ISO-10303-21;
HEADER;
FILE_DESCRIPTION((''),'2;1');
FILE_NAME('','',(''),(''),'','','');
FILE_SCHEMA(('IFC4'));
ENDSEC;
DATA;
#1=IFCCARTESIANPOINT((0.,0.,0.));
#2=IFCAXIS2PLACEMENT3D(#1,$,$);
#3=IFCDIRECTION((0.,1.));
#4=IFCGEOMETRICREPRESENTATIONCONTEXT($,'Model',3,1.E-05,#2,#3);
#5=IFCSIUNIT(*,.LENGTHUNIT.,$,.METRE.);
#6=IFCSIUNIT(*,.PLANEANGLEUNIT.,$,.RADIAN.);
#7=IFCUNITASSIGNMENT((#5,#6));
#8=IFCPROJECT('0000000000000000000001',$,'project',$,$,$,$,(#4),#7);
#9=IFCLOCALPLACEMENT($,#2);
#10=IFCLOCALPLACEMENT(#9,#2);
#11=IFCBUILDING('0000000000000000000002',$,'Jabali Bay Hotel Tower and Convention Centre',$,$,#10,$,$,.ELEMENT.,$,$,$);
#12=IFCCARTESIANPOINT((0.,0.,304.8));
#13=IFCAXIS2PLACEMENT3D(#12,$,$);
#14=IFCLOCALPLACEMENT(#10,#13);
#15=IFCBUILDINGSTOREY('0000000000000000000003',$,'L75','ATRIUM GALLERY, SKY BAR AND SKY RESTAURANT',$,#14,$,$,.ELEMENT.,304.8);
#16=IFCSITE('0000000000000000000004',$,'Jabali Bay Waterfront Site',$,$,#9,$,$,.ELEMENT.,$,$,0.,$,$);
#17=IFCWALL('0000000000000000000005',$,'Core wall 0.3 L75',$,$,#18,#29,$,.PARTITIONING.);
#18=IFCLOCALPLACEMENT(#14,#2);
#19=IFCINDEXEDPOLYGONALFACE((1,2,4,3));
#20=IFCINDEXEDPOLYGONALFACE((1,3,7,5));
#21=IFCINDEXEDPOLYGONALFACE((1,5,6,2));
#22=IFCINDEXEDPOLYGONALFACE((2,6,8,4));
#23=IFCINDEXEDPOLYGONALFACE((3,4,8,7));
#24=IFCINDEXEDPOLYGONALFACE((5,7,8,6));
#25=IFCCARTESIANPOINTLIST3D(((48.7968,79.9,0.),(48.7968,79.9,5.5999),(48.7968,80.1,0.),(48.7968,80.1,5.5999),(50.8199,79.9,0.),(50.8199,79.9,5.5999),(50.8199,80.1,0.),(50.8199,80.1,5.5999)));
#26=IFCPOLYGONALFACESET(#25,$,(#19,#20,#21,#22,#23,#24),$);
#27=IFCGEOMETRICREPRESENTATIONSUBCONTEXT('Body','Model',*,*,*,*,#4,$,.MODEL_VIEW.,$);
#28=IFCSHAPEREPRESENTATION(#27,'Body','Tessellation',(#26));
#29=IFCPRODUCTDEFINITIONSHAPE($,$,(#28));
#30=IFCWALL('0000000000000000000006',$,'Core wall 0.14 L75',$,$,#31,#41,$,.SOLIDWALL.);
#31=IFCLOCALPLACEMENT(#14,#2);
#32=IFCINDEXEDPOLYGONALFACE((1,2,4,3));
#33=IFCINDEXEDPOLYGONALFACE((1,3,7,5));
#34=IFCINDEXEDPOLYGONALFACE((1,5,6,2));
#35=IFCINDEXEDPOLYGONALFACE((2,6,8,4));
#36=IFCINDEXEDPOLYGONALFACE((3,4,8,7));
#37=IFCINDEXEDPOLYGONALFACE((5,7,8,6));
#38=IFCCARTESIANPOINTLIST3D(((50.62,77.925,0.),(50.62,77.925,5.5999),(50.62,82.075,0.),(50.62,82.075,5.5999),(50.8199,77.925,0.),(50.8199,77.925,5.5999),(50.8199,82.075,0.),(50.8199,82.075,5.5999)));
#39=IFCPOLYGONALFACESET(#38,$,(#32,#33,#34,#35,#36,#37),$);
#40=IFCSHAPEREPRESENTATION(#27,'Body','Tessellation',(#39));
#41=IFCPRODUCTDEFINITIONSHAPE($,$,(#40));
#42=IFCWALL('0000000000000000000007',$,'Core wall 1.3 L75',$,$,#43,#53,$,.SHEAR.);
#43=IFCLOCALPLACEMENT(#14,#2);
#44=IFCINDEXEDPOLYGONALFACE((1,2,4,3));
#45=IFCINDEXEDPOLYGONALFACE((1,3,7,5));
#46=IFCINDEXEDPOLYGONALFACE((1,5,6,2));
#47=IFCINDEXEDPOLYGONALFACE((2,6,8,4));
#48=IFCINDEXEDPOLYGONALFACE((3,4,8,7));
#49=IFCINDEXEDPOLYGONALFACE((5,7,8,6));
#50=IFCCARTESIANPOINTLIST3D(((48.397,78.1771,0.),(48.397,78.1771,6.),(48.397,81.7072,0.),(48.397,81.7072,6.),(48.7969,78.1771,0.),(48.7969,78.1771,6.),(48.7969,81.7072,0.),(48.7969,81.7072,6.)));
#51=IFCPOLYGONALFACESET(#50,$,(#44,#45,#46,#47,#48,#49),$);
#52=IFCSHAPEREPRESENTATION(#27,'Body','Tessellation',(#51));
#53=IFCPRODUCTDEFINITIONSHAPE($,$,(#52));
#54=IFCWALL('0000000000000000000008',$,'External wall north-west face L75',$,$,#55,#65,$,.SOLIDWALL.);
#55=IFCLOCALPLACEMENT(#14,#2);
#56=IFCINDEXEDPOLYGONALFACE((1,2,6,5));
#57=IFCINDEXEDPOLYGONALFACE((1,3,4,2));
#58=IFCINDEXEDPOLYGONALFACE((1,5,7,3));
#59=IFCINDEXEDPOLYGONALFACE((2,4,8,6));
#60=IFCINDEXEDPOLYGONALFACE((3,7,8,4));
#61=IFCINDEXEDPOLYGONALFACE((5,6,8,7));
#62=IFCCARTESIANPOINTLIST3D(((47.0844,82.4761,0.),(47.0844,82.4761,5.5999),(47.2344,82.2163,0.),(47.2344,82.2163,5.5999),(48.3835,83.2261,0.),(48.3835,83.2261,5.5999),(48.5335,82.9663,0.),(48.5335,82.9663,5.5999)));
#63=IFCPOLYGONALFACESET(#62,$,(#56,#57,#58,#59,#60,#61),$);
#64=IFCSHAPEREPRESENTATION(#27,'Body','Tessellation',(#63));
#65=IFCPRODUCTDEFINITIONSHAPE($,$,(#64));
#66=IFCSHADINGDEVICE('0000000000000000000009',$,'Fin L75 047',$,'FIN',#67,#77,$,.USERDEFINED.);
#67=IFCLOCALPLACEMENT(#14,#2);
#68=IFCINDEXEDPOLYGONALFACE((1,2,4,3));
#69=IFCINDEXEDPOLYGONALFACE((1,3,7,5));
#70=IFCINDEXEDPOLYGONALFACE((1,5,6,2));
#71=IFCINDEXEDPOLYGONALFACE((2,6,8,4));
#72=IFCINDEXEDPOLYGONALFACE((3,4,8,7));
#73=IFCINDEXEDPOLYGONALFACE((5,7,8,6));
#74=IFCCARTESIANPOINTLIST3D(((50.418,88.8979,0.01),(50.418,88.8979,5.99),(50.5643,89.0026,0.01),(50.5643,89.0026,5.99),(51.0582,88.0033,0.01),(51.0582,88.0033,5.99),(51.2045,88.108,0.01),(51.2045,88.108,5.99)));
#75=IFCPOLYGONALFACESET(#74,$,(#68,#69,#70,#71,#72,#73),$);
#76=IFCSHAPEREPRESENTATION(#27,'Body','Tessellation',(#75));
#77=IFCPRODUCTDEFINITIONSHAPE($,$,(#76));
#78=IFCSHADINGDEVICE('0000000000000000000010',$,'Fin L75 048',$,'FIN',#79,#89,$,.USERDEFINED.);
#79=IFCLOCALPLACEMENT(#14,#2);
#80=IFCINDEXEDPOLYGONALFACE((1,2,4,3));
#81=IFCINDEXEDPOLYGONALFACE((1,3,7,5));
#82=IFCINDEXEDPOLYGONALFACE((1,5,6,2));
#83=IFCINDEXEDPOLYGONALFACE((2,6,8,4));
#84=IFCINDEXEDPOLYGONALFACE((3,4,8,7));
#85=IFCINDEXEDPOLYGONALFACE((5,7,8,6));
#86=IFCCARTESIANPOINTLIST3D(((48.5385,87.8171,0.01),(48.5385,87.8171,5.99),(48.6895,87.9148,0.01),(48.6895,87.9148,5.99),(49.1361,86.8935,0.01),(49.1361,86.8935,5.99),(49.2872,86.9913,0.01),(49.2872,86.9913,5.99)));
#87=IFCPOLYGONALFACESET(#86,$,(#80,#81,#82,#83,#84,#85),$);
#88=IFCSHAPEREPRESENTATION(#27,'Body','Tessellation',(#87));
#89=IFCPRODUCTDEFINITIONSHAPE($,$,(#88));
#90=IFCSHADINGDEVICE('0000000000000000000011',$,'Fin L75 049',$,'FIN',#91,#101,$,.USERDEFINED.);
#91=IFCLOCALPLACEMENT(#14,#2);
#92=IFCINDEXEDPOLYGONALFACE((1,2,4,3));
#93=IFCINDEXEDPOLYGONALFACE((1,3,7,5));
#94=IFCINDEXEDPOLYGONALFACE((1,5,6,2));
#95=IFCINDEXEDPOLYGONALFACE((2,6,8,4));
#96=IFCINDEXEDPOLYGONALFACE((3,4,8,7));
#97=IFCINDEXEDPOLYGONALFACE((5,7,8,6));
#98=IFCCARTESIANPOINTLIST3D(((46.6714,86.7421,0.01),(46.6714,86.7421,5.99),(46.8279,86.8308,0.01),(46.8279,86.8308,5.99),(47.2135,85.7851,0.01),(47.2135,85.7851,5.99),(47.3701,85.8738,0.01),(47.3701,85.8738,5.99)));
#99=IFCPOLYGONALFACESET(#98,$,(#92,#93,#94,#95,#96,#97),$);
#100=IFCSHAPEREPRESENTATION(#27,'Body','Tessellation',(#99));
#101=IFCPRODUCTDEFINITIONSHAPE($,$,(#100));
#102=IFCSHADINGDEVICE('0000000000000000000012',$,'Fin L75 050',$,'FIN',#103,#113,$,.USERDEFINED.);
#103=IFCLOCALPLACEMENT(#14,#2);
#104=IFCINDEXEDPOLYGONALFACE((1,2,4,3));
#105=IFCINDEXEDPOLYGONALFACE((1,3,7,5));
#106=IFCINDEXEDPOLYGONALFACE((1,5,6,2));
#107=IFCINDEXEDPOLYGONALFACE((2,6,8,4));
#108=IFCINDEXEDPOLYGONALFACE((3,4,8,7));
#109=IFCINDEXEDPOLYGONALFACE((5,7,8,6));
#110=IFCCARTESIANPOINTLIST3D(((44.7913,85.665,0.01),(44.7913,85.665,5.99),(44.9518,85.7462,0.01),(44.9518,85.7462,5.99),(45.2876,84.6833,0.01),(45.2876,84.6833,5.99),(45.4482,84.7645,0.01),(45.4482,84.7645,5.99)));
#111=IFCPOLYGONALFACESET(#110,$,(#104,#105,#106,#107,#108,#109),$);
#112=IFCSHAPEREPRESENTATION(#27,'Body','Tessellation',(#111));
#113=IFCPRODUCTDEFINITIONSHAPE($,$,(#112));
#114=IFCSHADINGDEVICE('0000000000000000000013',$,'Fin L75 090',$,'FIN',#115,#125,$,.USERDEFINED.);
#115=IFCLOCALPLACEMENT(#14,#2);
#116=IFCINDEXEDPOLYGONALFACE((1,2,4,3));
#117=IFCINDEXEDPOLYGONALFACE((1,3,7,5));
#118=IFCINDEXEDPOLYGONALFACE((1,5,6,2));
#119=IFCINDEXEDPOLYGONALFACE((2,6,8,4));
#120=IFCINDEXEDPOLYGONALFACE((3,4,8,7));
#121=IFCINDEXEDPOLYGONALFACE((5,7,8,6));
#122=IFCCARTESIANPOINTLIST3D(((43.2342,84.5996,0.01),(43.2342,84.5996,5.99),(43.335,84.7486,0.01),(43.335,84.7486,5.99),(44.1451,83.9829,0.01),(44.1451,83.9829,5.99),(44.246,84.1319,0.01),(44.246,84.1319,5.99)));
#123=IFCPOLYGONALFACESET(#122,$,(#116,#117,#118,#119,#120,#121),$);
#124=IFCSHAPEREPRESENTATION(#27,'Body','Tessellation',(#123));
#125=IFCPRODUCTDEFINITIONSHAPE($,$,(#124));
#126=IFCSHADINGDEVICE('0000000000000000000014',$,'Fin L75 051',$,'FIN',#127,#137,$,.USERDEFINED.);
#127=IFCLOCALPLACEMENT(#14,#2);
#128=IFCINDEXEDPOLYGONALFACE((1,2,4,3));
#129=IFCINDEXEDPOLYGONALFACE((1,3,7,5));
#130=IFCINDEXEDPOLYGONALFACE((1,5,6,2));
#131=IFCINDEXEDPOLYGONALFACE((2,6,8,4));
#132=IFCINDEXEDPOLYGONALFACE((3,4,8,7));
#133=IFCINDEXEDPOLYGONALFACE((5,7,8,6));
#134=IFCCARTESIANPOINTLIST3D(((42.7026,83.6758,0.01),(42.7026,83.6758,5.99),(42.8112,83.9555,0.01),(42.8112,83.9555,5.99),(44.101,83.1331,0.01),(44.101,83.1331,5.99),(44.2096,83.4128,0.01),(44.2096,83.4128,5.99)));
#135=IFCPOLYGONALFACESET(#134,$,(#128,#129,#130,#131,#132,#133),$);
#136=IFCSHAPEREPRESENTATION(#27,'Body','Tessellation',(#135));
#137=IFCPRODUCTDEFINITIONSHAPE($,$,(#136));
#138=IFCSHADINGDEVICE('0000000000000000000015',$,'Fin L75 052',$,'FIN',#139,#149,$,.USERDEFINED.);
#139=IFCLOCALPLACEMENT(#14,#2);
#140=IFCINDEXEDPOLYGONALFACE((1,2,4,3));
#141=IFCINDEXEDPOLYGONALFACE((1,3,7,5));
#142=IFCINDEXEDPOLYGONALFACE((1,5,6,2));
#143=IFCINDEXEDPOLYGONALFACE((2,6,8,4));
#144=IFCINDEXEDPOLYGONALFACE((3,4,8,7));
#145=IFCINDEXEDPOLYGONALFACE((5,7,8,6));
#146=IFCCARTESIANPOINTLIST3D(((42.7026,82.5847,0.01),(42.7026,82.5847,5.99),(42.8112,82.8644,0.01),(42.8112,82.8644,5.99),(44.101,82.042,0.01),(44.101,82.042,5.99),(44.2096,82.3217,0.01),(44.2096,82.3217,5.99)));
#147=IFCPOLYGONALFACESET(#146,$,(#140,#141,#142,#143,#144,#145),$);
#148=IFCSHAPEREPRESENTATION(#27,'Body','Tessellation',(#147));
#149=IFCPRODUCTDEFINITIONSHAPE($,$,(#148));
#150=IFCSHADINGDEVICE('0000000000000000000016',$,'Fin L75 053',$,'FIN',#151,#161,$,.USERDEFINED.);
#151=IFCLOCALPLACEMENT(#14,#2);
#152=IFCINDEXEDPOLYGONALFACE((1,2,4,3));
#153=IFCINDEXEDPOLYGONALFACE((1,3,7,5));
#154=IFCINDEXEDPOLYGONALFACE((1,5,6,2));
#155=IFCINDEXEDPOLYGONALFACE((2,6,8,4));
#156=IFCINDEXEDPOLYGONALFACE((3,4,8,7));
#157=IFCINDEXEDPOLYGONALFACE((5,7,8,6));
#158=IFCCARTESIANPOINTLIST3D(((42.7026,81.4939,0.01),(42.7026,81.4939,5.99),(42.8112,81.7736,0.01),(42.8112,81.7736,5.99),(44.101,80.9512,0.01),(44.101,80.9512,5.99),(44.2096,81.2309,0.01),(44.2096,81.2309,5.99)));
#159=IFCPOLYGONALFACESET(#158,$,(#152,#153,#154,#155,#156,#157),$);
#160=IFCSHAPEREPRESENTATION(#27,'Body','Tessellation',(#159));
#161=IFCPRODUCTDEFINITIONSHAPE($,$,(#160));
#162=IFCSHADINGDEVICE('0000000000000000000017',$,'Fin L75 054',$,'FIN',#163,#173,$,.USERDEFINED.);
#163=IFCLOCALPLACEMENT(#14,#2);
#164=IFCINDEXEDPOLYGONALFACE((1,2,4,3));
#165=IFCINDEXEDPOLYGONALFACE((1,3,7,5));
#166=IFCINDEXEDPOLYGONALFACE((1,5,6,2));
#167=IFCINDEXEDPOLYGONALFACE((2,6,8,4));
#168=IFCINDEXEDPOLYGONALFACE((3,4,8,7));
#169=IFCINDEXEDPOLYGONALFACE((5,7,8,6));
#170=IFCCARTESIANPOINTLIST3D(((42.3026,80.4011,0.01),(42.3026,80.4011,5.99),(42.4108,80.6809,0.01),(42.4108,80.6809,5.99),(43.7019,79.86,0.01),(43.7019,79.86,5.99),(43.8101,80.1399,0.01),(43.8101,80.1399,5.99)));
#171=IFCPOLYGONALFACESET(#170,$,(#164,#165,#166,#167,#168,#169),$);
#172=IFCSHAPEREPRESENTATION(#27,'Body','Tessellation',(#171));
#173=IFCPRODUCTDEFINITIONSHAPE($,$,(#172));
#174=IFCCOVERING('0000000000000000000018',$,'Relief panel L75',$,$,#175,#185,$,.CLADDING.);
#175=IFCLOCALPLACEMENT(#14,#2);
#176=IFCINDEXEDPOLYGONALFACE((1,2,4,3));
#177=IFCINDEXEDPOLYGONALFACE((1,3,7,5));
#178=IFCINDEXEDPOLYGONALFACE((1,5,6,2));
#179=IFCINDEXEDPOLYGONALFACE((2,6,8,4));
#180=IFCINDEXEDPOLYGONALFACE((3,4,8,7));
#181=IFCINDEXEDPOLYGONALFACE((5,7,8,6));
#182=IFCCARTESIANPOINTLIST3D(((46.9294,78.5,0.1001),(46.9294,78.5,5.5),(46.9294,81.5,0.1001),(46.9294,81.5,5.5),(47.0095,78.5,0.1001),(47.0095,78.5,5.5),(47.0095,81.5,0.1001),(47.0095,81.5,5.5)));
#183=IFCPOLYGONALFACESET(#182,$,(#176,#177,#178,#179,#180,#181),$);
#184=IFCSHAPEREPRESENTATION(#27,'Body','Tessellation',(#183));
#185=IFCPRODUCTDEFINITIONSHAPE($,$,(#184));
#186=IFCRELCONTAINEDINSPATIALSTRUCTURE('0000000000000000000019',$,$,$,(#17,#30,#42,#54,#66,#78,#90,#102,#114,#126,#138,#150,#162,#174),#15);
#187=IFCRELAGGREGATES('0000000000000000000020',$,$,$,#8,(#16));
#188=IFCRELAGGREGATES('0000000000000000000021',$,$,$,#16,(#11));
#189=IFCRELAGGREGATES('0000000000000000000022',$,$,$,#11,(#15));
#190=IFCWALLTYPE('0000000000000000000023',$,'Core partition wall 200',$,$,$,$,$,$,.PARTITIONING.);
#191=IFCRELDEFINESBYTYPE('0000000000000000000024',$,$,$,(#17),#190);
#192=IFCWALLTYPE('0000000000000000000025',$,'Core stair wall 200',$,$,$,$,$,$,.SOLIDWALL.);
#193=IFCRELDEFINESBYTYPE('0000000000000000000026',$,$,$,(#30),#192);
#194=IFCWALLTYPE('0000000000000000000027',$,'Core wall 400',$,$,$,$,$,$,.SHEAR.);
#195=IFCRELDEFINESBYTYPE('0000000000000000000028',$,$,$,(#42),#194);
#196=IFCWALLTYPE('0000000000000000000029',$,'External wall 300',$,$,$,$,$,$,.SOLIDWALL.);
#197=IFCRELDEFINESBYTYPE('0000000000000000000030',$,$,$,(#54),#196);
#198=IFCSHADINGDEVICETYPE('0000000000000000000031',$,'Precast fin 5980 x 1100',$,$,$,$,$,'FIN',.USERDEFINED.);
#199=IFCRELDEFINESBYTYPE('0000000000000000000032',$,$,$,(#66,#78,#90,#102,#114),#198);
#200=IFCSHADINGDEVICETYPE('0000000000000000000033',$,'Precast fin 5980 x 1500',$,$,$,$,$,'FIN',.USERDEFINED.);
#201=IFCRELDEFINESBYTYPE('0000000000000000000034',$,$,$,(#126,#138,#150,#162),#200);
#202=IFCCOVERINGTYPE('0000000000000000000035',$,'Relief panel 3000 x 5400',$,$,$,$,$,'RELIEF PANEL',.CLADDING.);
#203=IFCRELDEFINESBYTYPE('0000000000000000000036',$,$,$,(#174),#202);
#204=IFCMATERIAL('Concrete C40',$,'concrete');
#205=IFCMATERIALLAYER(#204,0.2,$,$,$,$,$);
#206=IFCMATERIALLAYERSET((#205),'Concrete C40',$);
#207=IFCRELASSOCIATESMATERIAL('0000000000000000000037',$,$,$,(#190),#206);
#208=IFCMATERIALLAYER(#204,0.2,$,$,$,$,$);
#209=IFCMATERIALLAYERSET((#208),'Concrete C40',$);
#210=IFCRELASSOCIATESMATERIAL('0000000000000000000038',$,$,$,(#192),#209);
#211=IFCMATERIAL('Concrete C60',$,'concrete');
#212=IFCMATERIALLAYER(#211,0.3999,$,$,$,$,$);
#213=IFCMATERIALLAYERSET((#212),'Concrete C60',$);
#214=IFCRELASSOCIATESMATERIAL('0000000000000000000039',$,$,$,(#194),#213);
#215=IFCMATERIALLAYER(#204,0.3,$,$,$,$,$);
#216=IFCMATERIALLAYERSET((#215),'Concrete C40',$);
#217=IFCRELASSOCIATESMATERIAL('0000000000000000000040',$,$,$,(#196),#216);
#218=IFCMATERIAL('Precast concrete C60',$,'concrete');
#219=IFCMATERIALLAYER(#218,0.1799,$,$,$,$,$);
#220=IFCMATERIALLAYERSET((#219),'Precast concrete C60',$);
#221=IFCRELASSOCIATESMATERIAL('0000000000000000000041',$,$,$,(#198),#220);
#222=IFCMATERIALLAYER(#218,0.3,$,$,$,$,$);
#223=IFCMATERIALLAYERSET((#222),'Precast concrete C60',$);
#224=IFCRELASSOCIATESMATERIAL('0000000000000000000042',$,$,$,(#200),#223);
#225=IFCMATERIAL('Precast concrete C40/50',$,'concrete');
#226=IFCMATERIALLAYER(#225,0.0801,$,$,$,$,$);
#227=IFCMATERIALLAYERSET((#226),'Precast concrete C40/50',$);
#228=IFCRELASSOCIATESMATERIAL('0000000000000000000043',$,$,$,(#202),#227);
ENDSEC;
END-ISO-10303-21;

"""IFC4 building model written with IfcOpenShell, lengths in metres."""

from ifc_helpers import new_model, si_unit, direction, frame, frame_2d, origin, origin_2d, place, context, subcontext, project, spatial, rectangle, extrude, material, layer, layer_set, type_object, element, save


model = new_model("IFC4")

# Units and contexts
model_context = context("Model", 3, precision=1e-05, world=origin(), true_north=direction((0.0, 1.0)))
body_context = subcontext(model_context, "Body", "Model", "MODEL_VIEW")
ifc_project = project(units=[si_unit("LENGTHUNIT", "METRE"), si_unit("PLANEANGLEUNIT", "RADIAN")], contexts=[model_context])

# Site, building, storey
site_placement = place(None, origin())
site = spatial("IfcSite", under=ifc_project, at=site_placement, Name="Jabali Bay Waterfront Site", CompositionType="ELEMENT", RefElevation=0.0)
building_placement = place(site_placement, origin())
building = spatial("IfcBuilding", under=site, at=building_placement, Name="Jabali Bay Hotel Tower and Convention Centre", CompositionType="ELEMENT")
storey_placement = place(building_placement, frame((0.0, 0.0, 304.8)))
storey = spatial("IfcBuildingStorey", under=building, at=storey_placement, Name="L75", Description="ATRIUM GALLERY, SKY BAR AND SKY RESTAURANT", CompositionType="ELEMENT", Elevation=304.8)

# Shared definitions
ifc_material_1 = material(Name="Concrete C60", Category="concrete")

# Walls
ifc_material_2 = material(Name="Concrete C40", Category="concrete")
ifc_layer_1 = layer(ifc_material_2, 0.2)
ifc_layer_set_1 = layer_set([ifc_layer_1], Name="Concrete C40")
wall_type_1 = type_object("IfcWallType", Name="Core partition wall 200", PredefinedType="PARTITIONING", material=ifc_layer_set_1)
wall_1_placement = place(storey_placement, frame((50.8201, 80.0, 0.0), z_axis=(0.0, 0.0, 1.0), x_axis=(-1.0, 0.0, 0.0)))
element("IfcWall", 1, at=wall_1_placement, inside=storey, type_object=wall_type_1, Name="Core wall 0.3 L75", PredefinedType="PARTITIONING", context=body_context, shape_type="SweptSolid", body=[
    extrude(rectangle(XDim=2.0232, YDim=0.2, at=frame_2d((1.0117, 0.0))), origin(), (0.0, 0.0, 1.0), 5.5999),
])
ifc_layer_2 = layer(ifc_material_2, 0.2)
ifc_layer_set_2 = layer_set([ifc_layer_2], Name="Concrete C40")
wall_type_2 = type_object("IfcWallType", Name="Core stair wall 200", PredefinedType="SOLIDWALL", material=ifc_layer_set_2)
wall_2_placement = place(storey_placement, frame((50.72, 82.075, 0.0), z_axis=(0.0, 0.0, 1.0), x_axis=(0.0, -1.0, 0.0)))
element("IfcWall", 2, at=wall_2_placement, inside=storey, type_object=wall_type_2, Name="Core wall 0.14 L75", PredefinedType="SOLIDWALL", context=body_context, shape_type="SweptSolid", body=[
    extrude(rectangle(XDim=4.1499, YDim=0.2, at=frame_2d((2.075, 0.0))), origin(), (0.0, 0.0, 1.0), 5.5999),
])
ifc_layer_3 = layer(ifc_material_1, 0.3999)
ifc_layer_set_3 = layer_set([ifc_layer_3], Name="Concrete C60")
wall_type_3 = type_object("IfcWallType", Name="Core wall 400", PredefinedType="SHEAR", material=ifc_layer_set_3)
wall_3_placement = place(storey_placement, frame((48.5969, 81.7073, 0.0), z_axis=(0.0, 0.0, 1.0), x_axis=(0.0, -1.0, 0.0)))
element("IfcWall", 3, at=wall_3_placement, inside=storey, type_object=wall_type_3, Name="Core wall 1.3 L75", PredefinedType="SHEAR", context=body_context, shape_type="SweptSolid", body=[
    extrude(rectangle(XDim=3.53, YDim=0.3999, at=frame_2d((1.7651, 0.0))), origin(), (0.0, 0.0, 1.0), 6.0),
])
ifc_layer_4 = layer(ifc_material_2, 0.3)
ifc_layer_set_4 = layer_set([ifc_layer_4], Name="Concrete C40")
wall_type_4 = type_object("IfcWallType", Name="External wall 300", PredefinedType="SOLIDWALL", material=ifc_layer_set_4)
wall_4_placement = place(storey_placement, frame((47.1594, 82.3462, 0.0), z_axis=(0.0, 0.0, 1.0), x_axis=(0.866031, 0.49999, 0.0)))
element("IfcWall", 4, at=wall_4_placement, inside=storey, type_object=wall_type_4, Name="External wall north-west face L75", PredefinedType="SOLIDWALL", context=body_context, shape_type="SweptSolid", body=[
    extrude(rectangle(XDim=1.5, YDim=0.3, at=frame_2d((0.75, 0.0))), origin(), (0.0, 0.0, 1.0), 5.5999),
])

# Shading devices
ifc_material_3 = material(Name="Precast concrete C60", Category="concrete")
ifc_layer_5 = layer(ifc_material_3, 0.1799)
ifc_layer_set_5 = layer_set([ifc_layer_5], Name="Precast concrete C60")
shading_device_type_1 = type_object("IfcShadingDeviceType", Name="Precast fin 5980 x 1100", ElementType="FIN", PredefinedType="USERDEFINED", material=ifc_layer_set_5)
for number, where, z_axis, x_axis, name in (
    (5, (51.1313, 88.0557, 0.01), (0.0, 0.0, 1.0), (-0.581952, 0.813223, 0.0), "Fin L75 047"),
    (6, (49.2117, 86.9424, 0.01), (0.0, 0.0, 1.0), (-0.543279, 0.839552, 0.0), "Fin L75 048"),
):
    element("IfcShadingDevice", number, at=place(storey_placement, frame(where, z_axis=z_axis, x_axis=x_axis)), inside=storey, type_object=shading_device_type_1, Name=name, ObjectType="FIN", PredefinedType="USERDEFINED", context=body_context, shape_type="SweptSolid", body=[
        extrude(rectangle(XDim=1.1001, YDim=0.1799, at=frame_2d((0.55, 0.0))), origin(), (0.0, 0.0, 1.0), 5.98),
    ])
shading_device_1_placement = place(storey_placement, frame((47.2917, 85.8296, 0.01), z_axis=(0.0, 0.0, 1.0), x_axis=(-0.492957, 0.870054, 0.0)))
element("IfcShadingDevice", 7, at=shading_device_1_placement, inside=storey, type_object=shading_device_type_1, Name="Fin L75 049", ObjectType="FIN", PredefinedType="USERDEFINED", context=body_context, shape_type="SweptSolid", body=[
    extrude(rectangle(XDim=1.0999, YDim=0.1799, at=frame_2d((0.5498, 0.0))), origin(), (0.0, 0.0, 1.0), 5.98),
])
for number, where, z_axis, x_axis, name in (
    (8, (45.3679, 84.7239, 0.01), (0.0, 0.0, 1.0), (-0.451204, 0.892421, 0.0), "Fin L75 050"),
    (9, (44.1956, 84.0574, 0.01), (0.0, 0.0, 1.0), (-0.828068, 0.560627, 0.0), "Fin L75 090"),
):
    element("IfcShadingDevice", number, at=place(storey_placement, frame(where, z_axis=z_axis, x_axis=x_axis)), inside=storey, type_object=shading_device_type_1, Name=name, ObjectType="FIN", PredefinedType="USERDEFINED", context=body_context, shape_type="SweptSolid", body=[
        extrude(rectangle(XDim=1.1001, YDim=0.1799, at=frame_2d((0.55, 0.0))), origin(), (0.0, 0.0, 1.0), 5.98),
    ])
ifc_layer_6 = layer(ifc_material_3, 0.3)
ifc_layer_set_6 = layer_set([ifc_layer_6], Name="Precast concrete C60")
shading_device_type_2 = type_object("IfcShadingDeviceType", Name="Precast fin 5980 x 1500", ElementType="FIN", PredefinedType="USERDEFINED", material=ifc_layer_set_6)
for number, where, z_axis, x_axis, name in (
    (10, (44.1553, 83.2729, 0.01), (0.0, 0.0, 1.0), (-0.932255, 0.361802, 0.0), "Fin L75 051"),
    (11, (44.1553, 82.1819, 0.01), (0.0, 0.0, 1.0), (-0.932255, 0.361802, 0.0), "Fin L75 052"),
    (12, (44.1553, 81.0911, 0.01), (0.0, 0.0, 1.0), (-0.932255, 0.361802, 0.0), "Fin L75 053"),
):
    element("IfcShadingDevice", number, at=place(storey_placement, frame(where, z_axis=z_axis, x_axis=x_axis)), inside=storey, type_object=shading_device_type_2, Name=name, ObjectType="FIN", PredefinedType="USERDEFINED", context=body_context, shape_type="SweptSolid", body=[
        extrude(rectangle(XDim=1.5, YDim=0.3, at=frame_2d((0.75, 0.0))), origin(), (0.0, 0.0, 1.0), 5.98),
    ])
shading_device_2_placement = place(storey_placement, frame((43.7559, 80.0, 0.01), z_axis=(0.0, 0.0, 1.0), x_axis=(-0.932702, 0.360647, 0.0)))
element("IfcShadingDevice", 13, at=shading_device_2_placement, inside=storey, type_object=shading_device_type_2, Name="Fin L75 054", ObjectType="FIN", PredefinedType="USERDEFINED", context=body_context, shape_type="SweptSolid", body=[
    extrude(rectangle(XDim=1.5002, YDim=0.3, at=frame_2d((0.75, 0.0))), origin(), (0.0, 0.0, 1.0), 5.98),
])

# Covering
ifc_material_4 = material(Name="Precast concrete C40/50", Category="concrete")
ifc_layer_7 = layer(ifc_material_4, 0.0801)
ifc_layer_set_7 = layer_set([ifc_layer_7], Name="Precast concrete C40/50")
covering_type = type_object("IfcCoveringType", Name="Relief panel 3000 x 5400", ElementType="RELIEF PANEL", PredefinedType="CLADDING", material=ifc_layer_set_7)
covering_placement = place(storey_placement, frame((46.9695, 80.0, 0.1001), z_axis=(0.0, 0.0, 1.0), x_axis=(0.0, 1.0, 0.0)))
element("IfcCovering", 14, at=covering_placement, inside=storey, type_object=covering_type, Name="Relief panel L75", PredefinedType="CLADDING", context=body_context, shape_type="SweptSolid", body=[
    extrude(rectangle(XDim=3.0, YDim=0.0801, at=origin_2d()), origin(), (0.0, 0.0, 1.0), 5.3999),
])

save(model, "model.ifc")
